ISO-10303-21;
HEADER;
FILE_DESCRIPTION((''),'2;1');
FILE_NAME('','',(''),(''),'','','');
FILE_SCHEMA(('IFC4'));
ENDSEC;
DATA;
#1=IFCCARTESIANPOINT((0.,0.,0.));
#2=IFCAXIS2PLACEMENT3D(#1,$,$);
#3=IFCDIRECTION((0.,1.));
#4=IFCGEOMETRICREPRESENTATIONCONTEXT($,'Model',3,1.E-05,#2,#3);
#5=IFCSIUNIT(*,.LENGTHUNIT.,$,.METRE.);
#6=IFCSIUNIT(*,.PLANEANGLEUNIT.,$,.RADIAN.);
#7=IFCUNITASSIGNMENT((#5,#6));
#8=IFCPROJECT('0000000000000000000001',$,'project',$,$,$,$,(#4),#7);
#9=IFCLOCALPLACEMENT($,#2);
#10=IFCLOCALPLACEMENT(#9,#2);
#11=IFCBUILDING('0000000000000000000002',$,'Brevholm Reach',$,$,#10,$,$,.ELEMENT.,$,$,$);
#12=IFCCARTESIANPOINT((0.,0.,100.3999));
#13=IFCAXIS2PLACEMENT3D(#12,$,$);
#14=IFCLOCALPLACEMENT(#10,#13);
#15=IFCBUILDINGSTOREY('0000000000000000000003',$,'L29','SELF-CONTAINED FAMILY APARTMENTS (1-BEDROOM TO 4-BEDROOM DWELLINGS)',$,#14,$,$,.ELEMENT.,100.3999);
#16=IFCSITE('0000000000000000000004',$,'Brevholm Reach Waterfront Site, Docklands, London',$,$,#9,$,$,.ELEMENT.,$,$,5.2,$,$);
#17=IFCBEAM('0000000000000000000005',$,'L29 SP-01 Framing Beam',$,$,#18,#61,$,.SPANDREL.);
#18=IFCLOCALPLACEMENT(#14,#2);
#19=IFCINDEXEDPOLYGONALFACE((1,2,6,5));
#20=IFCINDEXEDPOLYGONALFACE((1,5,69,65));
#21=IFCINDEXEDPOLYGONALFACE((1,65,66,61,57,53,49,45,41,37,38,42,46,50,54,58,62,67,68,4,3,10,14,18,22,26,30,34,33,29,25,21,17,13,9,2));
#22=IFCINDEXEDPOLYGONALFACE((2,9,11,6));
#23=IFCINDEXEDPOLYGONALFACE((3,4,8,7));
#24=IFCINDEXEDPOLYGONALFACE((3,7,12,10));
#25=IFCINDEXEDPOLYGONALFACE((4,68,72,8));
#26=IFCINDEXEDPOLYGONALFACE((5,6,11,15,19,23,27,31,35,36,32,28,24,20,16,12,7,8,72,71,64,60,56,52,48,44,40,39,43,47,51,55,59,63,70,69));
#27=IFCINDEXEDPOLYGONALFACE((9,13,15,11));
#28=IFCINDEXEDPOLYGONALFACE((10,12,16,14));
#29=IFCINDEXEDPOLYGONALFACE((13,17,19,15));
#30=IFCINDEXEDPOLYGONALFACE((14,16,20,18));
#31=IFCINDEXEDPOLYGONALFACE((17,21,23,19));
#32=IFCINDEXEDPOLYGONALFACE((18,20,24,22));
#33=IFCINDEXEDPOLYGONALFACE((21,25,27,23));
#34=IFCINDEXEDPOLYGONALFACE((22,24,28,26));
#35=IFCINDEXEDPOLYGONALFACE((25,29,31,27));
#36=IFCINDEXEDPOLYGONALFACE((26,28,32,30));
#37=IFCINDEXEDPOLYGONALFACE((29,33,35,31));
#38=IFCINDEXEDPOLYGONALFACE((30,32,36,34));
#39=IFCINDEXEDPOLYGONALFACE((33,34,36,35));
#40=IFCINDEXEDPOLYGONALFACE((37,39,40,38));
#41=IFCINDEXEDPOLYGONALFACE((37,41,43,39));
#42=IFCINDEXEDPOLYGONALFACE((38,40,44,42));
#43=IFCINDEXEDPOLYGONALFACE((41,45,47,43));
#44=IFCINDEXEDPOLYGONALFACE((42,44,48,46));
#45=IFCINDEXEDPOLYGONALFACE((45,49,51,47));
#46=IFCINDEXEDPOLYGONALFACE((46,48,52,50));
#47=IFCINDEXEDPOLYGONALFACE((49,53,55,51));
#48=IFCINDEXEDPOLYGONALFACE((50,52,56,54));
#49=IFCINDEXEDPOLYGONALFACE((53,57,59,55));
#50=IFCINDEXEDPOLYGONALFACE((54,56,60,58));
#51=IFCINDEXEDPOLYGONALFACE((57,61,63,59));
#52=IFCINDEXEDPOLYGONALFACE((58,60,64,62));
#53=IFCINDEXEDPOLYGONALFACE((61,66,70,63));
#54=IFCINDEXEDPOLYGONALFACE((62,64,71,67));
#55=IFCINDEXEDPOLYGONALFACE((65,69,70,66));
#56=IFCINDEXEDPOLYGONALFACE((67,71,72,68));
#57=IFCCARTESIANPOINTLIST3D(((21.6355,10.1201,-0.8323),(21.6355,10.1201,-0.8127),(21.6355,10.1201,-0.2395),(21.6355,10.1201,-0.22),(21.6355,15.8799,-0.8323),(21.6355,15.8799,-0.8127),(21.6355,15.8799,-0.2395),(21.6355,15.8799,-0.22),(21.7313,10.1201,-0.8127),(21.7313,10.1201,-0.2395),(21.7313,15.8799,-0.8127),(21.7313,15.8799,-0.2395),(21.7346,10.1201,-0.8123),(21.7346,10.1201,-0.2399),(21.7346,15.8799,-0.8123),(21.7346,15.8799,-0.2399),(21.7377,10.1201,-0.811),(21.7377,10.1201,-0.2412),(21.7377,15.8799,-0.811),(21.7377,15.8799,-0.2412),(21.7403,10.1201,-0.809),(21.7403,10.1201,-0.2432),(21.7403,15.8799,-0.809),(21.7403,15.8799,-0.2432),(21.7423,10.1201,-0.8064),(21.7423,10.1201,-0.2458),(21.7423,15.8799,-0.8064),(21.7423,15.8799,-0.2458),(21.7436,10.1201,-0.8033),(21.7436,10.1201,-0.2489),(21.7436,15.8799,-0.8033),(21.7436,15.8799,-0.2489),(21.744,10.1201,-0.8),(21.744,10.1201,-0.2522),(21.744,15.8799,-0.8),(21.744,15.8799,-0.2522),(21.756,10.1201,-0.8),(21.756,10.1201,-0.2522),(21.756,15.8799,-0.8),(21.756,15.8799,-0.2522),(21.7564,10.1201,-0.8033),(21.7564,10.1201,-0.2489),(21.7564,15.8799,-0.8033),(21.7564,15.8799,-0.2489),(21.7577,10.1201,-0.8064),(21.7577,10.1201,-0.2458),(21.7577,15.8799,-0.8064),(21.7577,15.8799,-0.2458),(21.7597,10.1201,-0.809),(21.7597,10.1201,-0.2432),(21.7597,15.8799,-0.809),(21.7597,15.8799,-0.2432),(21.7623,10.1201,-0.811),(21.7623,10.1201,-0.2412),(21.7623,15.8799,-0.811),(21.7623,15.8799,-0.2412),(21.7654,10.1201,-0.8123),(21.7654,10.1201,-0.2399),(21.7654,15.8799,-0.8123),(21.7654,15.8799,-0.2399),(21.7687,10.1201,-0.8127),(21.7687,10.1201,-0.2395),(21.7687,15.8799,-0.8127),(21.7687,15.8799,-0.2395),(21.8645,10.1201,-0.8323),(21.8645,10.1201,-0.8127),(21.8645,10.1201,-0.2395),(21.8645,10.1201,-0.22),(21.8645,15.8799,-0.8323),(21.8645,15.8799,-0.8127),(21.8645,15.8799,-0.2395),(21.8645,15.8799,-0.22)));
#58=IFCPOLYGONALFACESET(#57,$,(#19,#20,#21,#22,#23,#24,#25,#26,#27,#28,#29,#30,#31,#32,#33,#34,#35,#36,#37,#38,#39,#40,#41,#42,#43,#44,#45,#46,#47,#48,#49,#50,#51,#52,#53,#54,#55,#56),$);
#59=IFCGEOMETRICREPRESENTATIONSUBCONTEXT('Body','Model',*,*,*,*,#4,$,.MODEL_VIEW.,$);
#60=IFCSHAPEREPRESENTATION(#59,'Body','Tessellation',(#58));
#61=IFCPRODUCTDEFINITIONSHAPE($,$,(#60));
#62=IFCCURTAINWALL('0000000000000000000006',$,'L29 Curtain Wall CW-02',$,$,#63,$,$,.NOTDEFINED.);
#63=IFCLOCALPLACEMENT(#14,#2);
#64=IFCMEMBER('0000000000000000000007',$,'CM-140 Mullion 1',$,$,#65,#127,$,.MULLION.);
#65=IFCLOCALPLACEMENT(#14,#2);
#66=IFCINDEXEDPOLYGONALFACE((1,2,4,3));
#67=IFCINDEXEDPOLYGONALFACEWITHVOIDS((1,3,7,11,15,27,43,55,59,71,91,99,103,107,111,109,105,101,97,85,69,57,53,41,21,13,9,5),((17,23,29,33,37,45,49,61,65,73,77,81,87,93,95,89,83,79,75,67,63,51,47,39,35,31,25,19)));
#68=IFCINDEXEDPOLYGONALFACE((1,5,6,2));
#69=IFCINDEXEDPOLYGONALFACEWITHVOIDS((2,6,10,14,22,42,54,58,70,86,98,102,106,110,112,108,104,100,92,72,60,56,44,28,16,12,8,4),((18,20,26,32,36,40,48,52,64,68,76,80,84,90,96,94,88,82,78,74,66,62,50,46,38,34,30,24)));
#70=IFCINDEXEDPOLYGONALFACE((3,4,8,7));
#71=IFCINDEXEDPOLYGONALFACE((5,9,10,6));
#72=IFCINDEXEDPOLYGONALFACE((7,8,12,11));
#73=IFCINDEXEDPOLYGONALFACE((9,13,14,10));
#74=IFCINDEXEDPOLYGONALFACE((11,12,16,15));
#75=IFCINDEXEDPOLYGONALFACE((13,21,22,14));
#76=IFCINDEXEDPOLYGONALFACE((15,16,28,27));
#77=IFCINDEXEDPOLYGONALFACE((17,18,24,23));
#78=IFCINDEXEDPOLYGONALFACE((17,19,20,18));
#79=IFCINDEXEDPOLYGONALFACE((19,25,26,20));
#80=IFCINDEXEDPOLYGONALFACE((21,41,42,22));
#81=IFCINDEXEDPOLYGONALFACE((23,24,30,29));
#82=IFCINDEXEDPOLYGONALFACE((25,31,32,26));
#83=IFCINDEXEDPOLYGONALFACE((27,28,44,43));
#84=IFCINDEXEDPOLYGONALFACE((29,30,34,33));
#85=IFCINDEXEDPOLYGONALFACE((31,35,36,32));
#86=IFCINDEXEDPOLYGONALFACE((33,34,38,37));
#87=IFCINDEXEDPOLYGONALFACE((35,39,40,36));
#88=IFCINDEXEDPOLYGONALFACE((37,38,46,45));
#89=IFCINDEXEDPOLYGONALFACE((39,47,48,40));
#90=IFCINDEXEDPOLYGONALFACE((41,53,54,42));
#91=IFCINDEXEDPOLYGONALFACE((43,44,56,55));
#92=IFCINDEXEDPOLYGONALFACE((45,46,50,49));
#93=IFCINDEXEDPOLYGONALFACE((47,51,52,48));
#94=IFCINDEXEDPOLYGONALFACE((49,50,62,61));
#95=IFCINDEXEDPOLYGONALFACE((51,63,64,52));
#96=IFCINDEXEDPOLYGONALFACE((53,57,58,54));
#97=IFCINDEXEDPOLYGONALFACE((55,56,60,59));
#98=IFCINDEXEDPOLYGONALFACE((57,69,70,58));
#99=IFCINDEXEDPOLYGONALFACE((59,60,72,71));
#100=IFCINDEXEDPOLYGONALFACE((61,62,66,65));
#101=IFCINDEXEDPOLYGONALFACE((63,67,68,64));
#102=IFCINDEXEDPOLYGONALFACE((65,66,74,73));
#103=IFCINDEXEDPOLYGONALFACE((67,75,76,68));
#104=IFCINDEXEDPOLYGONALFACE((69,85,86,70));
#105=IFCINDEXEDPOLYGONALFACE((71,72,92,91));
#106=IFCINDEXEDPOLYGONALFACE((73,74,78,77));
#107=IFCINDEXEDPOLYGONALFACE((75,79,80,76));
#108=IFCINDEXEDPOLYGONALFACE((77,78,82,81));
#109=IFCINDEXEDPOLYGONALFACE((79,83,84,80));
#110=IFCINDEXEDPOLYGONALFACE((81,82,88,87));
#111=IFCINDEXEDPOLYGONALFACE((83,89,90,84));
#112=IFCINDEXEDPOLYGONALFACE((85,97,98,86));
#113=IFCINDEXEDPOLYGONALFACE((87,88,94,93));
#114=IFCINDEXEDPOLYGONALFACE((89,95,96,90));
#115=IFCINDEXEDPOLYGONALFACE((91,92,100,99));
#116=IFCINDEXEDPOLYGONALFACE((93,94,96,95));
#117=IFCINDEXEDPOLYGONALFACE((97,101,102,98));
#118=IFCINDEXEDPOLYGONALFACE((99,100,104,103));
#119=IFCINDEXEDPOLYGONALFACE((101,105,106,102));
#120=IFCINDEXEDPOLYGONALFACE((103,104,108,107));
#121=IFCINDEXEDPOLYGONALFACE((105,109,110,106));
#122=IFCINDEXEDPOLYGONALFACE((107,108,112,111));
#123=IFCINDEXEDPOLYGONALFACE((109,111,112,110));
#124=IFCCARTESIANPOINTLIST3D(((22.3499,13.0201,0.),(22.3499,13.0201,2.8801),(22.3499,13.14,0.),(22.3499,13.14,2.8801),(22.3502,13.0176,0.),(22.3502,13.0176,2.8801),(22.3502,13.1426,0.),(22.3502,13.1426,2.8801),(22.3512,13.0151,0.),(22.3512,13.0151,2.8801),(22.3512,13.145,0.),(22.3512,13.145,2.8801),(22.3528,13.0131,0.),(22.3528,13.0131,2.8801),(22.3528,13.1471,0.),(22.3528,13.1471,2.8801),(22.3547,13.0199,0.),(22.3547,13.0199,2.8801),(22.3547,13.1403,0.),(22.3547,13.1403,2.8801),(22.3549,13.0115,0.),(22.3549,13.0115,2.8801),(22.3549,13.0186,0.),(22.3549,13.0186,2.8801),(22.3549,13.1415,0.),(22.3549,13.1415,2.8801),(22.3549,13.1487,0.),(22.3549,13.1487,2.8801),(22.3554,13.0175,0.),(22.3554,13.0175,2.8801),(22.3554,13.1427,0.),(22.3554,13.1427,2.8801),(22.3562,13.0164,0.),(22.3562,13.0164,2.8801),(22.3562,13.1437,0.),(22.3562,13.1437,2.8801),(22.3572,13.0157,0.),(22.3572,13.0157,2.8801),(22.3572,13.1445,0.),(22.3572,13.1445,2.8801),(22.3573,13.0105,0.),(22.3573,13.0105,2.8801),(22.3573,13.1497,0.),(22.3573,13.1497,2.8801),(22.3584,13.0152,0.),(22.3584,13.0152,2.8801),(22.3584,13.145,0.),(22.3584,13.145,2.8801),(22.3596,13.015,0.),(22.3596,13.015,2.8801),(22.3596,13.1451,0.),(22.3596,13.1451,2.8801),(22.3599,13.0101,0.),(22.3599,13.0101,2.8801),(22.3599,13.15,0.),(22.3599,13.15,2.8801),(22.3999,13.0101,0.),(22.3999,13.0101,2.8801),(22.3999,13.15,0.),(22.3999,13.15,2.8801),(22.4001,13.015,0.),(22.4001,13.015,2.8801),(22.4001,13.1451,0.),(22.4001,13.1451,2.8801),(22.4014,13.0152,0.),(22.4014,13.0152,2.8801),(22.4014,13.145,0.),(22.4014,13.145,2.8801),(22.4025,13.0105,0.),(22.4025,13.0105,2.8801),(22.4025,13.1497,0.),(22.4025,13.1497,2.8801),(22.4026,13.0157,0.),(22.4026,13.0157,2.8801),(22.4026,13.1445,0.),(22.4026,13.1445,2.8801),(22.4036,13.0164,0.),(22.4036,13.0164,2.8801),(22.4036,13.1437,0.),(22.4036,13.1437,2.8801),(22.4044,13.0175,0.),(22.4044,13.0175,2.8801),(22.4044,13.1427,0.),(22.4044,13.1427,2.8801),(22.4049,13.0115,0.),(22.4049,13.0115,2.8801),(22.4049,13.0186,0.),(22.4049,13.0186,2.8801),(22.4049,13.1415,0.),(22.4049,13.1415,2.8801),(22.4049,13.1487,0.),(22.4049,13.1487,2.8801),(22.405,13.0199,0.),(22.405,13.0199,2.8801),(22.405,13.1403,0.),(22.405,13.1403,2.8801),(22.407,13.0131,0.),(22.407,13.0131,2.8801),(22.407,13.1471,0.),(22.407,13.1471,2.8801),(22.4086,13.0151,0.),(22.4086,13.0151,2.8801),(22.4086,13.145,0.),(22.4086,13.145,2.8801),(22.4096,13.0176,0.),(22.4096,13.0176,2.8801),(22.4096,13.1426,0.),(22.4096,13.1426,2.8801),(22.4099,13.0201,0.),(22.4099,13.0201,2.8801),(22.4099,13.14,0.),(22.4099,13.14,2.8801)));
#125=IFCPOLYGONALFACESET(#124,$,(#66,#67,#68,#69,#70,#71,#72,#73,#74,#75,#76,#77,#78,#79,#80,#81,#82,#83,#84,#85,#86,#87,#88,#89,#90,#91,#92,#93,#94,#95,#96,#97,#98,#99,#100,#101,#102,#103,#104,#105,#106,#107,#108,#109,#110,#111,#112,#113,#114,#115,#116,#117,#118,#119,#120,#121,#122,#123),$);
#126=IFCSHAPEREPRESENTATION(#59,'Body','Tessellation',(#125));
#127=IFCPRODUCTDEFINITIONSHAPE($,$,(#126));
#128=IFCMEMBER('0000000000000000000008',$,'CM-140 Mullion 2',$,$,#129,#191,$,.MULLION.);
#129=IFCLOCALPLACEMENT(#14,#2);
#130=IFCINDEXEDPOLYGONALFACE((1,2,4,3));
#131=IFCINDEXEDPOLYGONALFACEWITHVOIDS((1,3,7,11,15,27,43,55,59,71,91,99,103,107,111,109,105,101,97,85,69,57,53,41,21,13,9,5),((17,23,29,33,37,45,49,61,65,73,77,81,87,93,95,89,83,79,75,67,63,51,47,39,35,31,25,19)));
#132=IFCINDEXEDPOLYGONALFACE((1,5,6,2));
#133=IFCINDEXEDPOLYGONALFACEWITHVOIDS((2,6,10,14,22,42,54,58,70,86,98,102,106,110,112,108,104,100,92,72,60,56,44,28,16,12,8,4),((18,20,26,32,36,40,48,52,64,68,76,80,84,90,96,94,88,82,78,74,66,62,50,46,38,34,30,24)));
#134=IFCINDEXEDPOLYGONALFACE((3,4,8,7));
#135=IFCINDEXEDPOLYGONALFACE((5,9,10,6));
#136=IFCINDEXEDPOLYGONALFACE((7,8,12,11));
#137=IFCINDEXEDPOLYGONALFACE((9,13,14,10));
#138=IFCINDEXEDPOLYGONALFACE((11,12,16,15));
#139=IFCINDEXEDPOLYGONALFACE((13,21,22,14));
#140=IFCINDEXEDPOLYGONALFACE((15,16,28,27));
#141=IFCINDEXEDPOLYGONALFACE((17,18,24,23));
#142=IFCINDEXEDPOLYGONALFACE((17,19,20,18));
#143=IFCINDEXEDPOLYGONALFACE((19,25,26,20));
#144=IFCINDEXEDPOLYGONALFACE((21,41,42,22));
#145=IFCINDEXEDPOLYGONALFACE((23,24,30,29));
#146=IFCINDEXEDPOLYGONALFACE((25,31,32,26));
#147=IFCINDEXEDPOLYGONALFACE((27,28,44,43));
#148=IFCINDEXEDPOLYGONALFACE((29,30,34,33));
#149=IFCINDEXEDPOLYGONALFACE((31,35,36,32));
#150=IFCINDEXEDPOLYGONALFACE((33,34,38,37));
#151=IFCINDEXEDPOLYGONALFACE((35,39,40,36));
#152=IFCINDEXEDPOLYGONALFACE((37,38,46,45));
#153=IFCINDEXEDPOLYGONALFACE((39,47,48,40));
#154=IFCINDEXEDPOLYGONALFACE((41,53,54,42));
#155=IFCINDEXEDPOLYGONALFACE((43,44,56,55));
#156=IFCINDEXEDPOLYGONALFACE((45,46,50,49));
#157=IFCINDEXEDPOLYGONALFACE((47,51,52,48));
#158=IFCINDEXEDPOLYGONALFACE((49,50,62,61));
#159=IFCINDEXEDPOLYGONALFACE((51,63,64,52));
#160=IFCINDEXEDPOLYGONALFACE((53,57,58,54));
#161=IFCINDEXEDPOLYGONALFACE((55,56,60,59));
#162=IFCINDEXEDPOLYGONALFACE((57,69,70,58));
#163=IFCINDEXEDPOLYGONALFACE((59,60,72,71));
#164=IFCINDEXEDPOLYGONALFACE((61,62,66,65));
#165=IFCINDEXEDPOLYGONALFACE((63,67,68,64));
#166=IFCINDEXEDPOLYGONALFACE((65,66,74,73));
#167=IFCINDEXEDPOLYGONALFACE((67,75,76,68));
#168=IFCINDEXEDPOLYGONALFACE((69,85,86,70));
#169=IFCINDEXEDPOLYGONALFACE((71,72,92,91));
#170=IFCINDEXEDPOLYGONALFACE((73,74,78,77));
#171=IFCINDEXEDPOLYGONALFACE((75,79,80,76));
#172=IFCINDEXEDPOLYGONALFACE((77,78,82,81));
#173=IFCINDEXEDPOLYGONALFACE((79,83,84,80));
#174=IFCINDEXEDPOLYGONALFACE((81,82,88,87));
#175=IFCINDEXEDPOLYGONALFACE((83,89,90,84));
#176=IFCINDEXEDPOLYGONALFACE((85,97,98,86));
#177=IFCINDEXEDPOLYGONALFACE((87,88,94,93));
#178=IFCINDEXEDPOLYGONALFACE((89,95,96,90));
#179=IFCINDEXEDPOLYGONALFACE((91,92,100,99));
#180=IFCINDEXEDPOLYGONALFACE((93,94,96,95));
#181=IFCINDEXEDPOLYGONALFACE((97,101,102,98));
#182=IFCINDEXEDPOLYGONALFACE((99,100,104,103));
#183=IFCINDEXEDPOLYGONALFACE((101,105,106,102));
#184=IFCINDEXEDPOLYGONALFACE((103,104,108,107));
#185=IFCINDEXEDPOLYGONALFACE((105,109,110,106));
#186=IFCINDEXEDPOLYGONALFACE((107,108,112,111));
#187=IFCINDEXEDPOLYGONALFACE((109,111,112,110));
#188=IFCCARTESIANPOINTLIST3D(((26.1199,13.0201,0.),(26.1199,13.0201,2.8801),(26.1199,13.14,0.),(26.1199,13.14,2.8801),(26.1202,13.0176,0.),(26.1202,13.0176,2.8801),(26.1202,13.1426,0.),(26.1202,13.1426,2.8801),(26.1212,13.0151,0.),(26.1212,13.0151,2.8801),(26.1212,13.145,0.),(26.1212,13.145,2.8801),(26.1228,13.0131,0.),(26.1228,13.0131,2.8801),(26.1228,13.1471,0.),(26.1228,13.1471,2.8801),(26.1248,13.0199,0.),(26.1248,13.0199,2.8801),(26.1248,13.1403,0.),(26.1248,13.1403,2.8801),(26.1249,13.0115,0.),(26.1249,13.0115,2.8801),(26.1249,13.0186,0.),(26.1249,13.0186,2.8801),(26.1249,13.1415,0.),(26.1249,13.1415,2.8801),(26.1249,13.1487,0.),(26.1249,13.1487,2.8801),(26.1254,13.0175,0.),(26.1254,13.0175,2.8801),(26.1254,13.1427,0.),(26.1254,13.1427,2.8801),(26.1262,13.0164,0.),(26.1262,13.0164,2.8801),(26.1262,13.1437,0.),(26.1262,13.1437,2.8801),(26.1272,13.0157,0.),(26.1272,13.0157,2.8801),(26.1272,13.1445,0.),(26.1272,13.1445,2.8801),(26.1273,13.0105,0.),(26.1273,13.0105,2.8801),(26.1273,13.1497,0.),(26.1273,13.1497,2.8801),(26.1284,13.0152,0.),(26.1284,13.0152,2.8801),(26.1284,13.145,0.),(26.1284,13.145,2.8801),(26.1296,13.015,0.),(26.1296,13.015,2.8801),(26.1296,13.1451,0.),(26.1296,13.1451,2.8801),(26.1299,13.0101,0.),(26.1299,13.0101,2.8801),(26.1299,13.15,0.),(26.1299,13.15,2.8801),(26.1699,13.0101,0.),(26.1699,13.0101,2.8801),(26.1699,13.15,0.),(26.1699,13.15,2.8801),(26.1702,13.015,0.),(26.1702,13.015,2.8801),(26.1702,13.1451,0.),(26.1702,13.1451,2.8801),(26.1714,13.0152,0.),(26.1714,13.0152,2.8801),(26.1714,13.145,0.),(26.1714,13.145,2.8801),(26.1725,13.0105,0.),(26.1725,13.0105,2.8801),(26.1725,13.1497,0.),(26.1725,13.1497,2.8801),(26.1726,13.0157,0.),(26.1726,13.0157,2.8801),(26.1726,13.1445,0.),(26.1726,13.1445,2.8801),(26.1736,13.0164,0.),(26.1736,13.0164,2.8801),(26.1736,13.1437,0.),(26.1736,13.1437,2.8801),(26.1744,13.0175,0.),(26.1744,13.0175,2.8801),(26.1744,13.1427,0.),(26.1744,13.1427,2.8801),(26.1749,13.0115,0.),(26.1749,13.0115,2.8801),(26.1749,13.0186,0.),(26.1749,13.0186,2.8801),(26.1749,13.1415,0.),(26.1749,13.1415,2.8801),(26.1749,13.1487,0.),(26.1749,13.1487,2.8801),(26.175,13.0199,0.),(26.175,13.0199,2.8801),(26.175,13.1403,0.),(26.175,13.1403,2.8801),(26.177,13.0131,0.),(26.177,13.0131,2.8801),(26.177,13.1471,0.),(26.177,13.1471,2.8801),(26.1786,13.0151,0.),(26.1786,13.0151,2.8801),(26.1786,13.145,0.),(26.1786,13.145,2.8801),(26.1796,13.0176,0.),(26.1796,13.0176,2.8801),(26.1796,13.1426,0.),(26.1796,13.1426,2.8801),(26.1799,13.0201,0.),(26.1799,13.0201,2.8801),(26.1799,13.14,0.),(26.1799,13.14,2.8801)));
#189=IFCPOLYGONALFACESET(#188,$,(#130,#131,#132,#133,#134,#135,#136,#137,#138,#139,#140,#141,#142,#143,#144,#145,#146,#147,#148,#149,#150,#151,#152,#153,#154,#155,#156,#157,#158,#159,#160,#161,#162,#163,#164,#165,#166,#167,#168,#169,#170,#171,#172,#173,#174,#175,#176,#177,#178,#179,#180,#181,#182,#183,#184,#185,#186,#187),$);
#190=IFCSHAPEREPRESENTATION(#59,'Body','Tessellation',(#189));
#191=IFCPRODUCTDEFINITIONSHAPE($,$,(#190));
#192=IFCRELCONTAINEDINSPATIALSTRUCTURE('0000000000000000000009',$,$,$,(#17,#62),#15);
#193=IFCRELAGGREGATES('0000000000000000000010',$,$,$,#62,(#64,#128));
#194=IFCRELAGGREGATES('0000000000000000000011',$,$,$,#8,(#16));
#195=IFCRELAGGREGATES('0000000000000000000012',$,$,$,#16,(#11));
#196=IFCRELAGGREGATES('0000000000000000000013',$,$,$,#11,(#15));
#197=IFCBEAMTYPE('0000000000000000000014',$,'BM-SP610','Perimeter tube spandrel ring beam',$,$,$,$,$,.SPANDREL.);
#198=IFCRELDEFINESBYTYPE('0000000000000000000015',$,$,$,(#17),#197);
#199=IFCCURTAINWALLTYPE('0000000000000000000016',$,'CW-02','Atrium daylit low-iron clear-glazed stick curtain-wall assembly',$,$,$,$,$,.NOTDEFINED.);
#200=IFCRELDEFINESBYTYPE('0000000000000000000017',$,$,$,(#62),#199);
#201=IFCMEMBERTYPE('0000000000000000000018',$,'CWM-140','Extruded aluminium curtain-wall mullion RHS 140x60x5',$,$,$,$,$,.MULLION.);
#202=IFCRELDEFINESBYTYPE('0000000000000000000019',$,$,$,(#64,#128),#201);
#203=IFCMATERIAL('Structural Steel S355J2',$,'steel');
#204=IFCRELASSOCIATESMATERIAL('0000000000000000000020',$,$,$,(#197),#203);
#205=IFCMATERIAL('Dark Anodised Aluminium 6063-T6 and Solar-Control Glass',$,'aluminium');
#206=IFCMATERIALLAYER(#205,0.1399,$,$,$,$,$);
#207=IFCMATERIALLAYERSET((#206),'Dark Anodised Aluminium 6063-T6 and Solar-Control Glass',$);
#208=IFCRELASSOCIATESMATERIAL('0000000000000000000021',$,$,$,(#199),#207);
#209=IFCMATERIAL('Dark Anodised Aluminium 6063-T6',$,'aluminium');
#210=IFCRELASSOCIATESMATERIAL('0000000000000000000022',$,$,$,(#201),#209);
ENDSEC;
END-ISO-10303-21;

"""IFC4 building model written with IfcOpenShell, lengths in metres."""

from ifc_helpers import new_model, si_unit, direction, frame, origin, origin_2d, place, context, subcontext, project, spatial, hollow_rectangle, i_section, extrude, material, layer, layer_set, material_profile, profile_set, type_object, element, aggregate, save


model = new_model("IFC4")

# Units and contexts
model_context = context("Model", 3, precision=1e-05, world=origin(), true_north=direction((0.0, 1.0)))
body_context = subcontext(model_context, "Body", "Model", "MODEL_VIEW")
ifc_project = project(units=[si_unit("LENGTHUNIT", "METRE"), si_unit("PLANEANGLEUNIT", "RADIAN")], contexts=[model_context])

# Site, building, storey
site_placement = place(None, origin())
site = spatial("IfcSite", under=ifc_project, at=site_placement, Name="Brevholm Reach Waterfront Site, Docklands, London", CompositionType="ELEMENT", RefElevation=5.2)
building_placement = place(site_placement, origin())
building = spatial("IfcBuilding", under=site, at=building_placement, Name="Brevholm Reach", CompositionType="ELEMENT")
storey_placement = place(building_placement, frame((0.0, 0.0, 100.3999)))
storey = spatial("IfcBuildingStorey", under=building, at=storey_placement, Name="L29", Description="SELF-CONTAINED FAMILY APARTMENTS (1-BEDROOM TO 4-BEDROOM DWELLINGS)", CompositionType="ELEMENT", Elevation=100.3999)

# Beam
ifc_material_1 = material(Name="Structural Steel S355J2", Category="steel")
ifc_material_profile_1 = material_profile(ifc_material_1, i_section(OverallWidth=0.229, OverallDepth=0.6123, WebThickness=0.012, FlangeThickness=0.0195, FilletRadius=0.0127, at=origin_2d()), Name="UKB 610x229x125")
ifc_profile_set_1 = profile_set([ifc_material_profile_1], Name="Structural Steel S355J2")
beam_type_1 = type_object("IfcBeamType", Name="BM-SP610", Description="Perimeter tube spandrel ring beam", PredefinedType="SPANDREL", material=ifc_profile_set_1)
beam_1_placement = place(storey_placement, frame((21.75, 10.1201, -0.5261), z_axis=(0.0, 1.0, 0.0), x_axis=(-1.0, 0.0, 0.0)))
element("IfcBeam", 1, at=beam_1_placement, inside=storey, type_object=beam_type_1, Name="L29 SP-01 Framing Beam", PredefinedType="SPANDREL", context=body_context, shape_type="SweptSolid", body=[
    extrude(i_section(OverallWidth=0.229, OverallDepth=0.6123, WebThickness=0.012, FlangeThickness=0.0195, FilletRadius=0.0127, at=origin_2d()), origin(), (0.0, 0.0, 1.0), 5.7598),
])

# Curtain wall, members
ifc_material_2 = material(Name="Dark Anodised Aluminium 6063-T6 and Solar-Control Glass", Category="aluminium")
ifc_layer_1 = layer(ifc_material_2, 0.1399)
ifc_layer_set_1 = layer_set([ifc_layer_1], Name="Dark Anodised Aluminium 6063-T6 and Solar-Control Glass")
curtain_wall_type = type_object("IfcCurtainWallType", Name="CW-02", Description="Atrium daylit low-iron clear-glazed stick curtain-wall assembly", PredefinedType="NOTDEFINED", material=ifc_layer_set_1)
curtain_wall_placement = place(storey_placement, origin())
curtain_wall = element("IfcCurtainWall", 2, at=curtain_wall_placement, inside=storey, type_object=curtain_wall_type, Name="L29 Curtain Wall CW-02", PredefinedType="NOTDEFINED")
ifc_material_3 = material(Name="Dark Anodised Aluminium 6063-T6", Category="aluminium")
ifc_material_profile_2 = material_profile(ifc_material_3, hollow_rectangle(XDim=0.0601, YDim=0.1399, WallThickness=0.0049, InnerFilletRadius=0.0049, OuterFilletRadius=0.01, at=origin_2d()), Name="RHS 140x60x5")
ifc_profile_set_2 = profile_set([ifc_material_profile_2], Name="Dark Anodised Aluminium 6063-T6")
member_type_1 = type_object("IfcMemberType", Name="CWM-140", Description="Extruded aluminium curtain-wall mullion RHS 140x60x5", PredefinedType="MULLION", material=ifc_profile_set_2)
member_1_placement = place(storey_placement, frame((22.3799, 13.0801, 0.0), z_axis=(0.0, 0.0, 1.0), x_axis=(1.0, 0.0, 0.0)))
member_1 = element("IfcMember", 3, at=member_1_placement, type_object=member_type_1, Name="CM-140 Mullion 1", PredefinedType="MULLION", context=body_context, shape_type="SweptSolid", body=[
    extrude(hollow_rectangle(XDim=0.0601, YDim=0.1399, WallThickness=0.0049, InnerFilletRadius=0.0049, OuterFilletRadius=0.01, at=origin_2d()), origin(), (0.0, 0.0, 1.0), 2.8801),
])
member_2_placement = place(storey_placement, frame((26.1499, 13.0801, 0.0), z_axis=(0.0, 0.0, 1.0), x_axis=(1.0, 0.0, 0.0)))
member_2 = element("IfcMember", 4, at=member_2_placement, type_object=member_type_1, Name="CM-140 Mullion 2", PredefinedType="MULLION", context=body_context, shape_type="SweptSolid", body=[
    extrude(hollow_rectangle(XDim=0.0601, YDim=0.1399, WallThickness=0.0049, InnerFilletRadius=0.0049, OuterFilletRadius=0.01, at=origin_2d()), origin(), (0.0, 0.0, 1.0), 2.8801),
])
aggregate(curtain_wall, [member_1, member_2])

save(model, "model.ifc")
